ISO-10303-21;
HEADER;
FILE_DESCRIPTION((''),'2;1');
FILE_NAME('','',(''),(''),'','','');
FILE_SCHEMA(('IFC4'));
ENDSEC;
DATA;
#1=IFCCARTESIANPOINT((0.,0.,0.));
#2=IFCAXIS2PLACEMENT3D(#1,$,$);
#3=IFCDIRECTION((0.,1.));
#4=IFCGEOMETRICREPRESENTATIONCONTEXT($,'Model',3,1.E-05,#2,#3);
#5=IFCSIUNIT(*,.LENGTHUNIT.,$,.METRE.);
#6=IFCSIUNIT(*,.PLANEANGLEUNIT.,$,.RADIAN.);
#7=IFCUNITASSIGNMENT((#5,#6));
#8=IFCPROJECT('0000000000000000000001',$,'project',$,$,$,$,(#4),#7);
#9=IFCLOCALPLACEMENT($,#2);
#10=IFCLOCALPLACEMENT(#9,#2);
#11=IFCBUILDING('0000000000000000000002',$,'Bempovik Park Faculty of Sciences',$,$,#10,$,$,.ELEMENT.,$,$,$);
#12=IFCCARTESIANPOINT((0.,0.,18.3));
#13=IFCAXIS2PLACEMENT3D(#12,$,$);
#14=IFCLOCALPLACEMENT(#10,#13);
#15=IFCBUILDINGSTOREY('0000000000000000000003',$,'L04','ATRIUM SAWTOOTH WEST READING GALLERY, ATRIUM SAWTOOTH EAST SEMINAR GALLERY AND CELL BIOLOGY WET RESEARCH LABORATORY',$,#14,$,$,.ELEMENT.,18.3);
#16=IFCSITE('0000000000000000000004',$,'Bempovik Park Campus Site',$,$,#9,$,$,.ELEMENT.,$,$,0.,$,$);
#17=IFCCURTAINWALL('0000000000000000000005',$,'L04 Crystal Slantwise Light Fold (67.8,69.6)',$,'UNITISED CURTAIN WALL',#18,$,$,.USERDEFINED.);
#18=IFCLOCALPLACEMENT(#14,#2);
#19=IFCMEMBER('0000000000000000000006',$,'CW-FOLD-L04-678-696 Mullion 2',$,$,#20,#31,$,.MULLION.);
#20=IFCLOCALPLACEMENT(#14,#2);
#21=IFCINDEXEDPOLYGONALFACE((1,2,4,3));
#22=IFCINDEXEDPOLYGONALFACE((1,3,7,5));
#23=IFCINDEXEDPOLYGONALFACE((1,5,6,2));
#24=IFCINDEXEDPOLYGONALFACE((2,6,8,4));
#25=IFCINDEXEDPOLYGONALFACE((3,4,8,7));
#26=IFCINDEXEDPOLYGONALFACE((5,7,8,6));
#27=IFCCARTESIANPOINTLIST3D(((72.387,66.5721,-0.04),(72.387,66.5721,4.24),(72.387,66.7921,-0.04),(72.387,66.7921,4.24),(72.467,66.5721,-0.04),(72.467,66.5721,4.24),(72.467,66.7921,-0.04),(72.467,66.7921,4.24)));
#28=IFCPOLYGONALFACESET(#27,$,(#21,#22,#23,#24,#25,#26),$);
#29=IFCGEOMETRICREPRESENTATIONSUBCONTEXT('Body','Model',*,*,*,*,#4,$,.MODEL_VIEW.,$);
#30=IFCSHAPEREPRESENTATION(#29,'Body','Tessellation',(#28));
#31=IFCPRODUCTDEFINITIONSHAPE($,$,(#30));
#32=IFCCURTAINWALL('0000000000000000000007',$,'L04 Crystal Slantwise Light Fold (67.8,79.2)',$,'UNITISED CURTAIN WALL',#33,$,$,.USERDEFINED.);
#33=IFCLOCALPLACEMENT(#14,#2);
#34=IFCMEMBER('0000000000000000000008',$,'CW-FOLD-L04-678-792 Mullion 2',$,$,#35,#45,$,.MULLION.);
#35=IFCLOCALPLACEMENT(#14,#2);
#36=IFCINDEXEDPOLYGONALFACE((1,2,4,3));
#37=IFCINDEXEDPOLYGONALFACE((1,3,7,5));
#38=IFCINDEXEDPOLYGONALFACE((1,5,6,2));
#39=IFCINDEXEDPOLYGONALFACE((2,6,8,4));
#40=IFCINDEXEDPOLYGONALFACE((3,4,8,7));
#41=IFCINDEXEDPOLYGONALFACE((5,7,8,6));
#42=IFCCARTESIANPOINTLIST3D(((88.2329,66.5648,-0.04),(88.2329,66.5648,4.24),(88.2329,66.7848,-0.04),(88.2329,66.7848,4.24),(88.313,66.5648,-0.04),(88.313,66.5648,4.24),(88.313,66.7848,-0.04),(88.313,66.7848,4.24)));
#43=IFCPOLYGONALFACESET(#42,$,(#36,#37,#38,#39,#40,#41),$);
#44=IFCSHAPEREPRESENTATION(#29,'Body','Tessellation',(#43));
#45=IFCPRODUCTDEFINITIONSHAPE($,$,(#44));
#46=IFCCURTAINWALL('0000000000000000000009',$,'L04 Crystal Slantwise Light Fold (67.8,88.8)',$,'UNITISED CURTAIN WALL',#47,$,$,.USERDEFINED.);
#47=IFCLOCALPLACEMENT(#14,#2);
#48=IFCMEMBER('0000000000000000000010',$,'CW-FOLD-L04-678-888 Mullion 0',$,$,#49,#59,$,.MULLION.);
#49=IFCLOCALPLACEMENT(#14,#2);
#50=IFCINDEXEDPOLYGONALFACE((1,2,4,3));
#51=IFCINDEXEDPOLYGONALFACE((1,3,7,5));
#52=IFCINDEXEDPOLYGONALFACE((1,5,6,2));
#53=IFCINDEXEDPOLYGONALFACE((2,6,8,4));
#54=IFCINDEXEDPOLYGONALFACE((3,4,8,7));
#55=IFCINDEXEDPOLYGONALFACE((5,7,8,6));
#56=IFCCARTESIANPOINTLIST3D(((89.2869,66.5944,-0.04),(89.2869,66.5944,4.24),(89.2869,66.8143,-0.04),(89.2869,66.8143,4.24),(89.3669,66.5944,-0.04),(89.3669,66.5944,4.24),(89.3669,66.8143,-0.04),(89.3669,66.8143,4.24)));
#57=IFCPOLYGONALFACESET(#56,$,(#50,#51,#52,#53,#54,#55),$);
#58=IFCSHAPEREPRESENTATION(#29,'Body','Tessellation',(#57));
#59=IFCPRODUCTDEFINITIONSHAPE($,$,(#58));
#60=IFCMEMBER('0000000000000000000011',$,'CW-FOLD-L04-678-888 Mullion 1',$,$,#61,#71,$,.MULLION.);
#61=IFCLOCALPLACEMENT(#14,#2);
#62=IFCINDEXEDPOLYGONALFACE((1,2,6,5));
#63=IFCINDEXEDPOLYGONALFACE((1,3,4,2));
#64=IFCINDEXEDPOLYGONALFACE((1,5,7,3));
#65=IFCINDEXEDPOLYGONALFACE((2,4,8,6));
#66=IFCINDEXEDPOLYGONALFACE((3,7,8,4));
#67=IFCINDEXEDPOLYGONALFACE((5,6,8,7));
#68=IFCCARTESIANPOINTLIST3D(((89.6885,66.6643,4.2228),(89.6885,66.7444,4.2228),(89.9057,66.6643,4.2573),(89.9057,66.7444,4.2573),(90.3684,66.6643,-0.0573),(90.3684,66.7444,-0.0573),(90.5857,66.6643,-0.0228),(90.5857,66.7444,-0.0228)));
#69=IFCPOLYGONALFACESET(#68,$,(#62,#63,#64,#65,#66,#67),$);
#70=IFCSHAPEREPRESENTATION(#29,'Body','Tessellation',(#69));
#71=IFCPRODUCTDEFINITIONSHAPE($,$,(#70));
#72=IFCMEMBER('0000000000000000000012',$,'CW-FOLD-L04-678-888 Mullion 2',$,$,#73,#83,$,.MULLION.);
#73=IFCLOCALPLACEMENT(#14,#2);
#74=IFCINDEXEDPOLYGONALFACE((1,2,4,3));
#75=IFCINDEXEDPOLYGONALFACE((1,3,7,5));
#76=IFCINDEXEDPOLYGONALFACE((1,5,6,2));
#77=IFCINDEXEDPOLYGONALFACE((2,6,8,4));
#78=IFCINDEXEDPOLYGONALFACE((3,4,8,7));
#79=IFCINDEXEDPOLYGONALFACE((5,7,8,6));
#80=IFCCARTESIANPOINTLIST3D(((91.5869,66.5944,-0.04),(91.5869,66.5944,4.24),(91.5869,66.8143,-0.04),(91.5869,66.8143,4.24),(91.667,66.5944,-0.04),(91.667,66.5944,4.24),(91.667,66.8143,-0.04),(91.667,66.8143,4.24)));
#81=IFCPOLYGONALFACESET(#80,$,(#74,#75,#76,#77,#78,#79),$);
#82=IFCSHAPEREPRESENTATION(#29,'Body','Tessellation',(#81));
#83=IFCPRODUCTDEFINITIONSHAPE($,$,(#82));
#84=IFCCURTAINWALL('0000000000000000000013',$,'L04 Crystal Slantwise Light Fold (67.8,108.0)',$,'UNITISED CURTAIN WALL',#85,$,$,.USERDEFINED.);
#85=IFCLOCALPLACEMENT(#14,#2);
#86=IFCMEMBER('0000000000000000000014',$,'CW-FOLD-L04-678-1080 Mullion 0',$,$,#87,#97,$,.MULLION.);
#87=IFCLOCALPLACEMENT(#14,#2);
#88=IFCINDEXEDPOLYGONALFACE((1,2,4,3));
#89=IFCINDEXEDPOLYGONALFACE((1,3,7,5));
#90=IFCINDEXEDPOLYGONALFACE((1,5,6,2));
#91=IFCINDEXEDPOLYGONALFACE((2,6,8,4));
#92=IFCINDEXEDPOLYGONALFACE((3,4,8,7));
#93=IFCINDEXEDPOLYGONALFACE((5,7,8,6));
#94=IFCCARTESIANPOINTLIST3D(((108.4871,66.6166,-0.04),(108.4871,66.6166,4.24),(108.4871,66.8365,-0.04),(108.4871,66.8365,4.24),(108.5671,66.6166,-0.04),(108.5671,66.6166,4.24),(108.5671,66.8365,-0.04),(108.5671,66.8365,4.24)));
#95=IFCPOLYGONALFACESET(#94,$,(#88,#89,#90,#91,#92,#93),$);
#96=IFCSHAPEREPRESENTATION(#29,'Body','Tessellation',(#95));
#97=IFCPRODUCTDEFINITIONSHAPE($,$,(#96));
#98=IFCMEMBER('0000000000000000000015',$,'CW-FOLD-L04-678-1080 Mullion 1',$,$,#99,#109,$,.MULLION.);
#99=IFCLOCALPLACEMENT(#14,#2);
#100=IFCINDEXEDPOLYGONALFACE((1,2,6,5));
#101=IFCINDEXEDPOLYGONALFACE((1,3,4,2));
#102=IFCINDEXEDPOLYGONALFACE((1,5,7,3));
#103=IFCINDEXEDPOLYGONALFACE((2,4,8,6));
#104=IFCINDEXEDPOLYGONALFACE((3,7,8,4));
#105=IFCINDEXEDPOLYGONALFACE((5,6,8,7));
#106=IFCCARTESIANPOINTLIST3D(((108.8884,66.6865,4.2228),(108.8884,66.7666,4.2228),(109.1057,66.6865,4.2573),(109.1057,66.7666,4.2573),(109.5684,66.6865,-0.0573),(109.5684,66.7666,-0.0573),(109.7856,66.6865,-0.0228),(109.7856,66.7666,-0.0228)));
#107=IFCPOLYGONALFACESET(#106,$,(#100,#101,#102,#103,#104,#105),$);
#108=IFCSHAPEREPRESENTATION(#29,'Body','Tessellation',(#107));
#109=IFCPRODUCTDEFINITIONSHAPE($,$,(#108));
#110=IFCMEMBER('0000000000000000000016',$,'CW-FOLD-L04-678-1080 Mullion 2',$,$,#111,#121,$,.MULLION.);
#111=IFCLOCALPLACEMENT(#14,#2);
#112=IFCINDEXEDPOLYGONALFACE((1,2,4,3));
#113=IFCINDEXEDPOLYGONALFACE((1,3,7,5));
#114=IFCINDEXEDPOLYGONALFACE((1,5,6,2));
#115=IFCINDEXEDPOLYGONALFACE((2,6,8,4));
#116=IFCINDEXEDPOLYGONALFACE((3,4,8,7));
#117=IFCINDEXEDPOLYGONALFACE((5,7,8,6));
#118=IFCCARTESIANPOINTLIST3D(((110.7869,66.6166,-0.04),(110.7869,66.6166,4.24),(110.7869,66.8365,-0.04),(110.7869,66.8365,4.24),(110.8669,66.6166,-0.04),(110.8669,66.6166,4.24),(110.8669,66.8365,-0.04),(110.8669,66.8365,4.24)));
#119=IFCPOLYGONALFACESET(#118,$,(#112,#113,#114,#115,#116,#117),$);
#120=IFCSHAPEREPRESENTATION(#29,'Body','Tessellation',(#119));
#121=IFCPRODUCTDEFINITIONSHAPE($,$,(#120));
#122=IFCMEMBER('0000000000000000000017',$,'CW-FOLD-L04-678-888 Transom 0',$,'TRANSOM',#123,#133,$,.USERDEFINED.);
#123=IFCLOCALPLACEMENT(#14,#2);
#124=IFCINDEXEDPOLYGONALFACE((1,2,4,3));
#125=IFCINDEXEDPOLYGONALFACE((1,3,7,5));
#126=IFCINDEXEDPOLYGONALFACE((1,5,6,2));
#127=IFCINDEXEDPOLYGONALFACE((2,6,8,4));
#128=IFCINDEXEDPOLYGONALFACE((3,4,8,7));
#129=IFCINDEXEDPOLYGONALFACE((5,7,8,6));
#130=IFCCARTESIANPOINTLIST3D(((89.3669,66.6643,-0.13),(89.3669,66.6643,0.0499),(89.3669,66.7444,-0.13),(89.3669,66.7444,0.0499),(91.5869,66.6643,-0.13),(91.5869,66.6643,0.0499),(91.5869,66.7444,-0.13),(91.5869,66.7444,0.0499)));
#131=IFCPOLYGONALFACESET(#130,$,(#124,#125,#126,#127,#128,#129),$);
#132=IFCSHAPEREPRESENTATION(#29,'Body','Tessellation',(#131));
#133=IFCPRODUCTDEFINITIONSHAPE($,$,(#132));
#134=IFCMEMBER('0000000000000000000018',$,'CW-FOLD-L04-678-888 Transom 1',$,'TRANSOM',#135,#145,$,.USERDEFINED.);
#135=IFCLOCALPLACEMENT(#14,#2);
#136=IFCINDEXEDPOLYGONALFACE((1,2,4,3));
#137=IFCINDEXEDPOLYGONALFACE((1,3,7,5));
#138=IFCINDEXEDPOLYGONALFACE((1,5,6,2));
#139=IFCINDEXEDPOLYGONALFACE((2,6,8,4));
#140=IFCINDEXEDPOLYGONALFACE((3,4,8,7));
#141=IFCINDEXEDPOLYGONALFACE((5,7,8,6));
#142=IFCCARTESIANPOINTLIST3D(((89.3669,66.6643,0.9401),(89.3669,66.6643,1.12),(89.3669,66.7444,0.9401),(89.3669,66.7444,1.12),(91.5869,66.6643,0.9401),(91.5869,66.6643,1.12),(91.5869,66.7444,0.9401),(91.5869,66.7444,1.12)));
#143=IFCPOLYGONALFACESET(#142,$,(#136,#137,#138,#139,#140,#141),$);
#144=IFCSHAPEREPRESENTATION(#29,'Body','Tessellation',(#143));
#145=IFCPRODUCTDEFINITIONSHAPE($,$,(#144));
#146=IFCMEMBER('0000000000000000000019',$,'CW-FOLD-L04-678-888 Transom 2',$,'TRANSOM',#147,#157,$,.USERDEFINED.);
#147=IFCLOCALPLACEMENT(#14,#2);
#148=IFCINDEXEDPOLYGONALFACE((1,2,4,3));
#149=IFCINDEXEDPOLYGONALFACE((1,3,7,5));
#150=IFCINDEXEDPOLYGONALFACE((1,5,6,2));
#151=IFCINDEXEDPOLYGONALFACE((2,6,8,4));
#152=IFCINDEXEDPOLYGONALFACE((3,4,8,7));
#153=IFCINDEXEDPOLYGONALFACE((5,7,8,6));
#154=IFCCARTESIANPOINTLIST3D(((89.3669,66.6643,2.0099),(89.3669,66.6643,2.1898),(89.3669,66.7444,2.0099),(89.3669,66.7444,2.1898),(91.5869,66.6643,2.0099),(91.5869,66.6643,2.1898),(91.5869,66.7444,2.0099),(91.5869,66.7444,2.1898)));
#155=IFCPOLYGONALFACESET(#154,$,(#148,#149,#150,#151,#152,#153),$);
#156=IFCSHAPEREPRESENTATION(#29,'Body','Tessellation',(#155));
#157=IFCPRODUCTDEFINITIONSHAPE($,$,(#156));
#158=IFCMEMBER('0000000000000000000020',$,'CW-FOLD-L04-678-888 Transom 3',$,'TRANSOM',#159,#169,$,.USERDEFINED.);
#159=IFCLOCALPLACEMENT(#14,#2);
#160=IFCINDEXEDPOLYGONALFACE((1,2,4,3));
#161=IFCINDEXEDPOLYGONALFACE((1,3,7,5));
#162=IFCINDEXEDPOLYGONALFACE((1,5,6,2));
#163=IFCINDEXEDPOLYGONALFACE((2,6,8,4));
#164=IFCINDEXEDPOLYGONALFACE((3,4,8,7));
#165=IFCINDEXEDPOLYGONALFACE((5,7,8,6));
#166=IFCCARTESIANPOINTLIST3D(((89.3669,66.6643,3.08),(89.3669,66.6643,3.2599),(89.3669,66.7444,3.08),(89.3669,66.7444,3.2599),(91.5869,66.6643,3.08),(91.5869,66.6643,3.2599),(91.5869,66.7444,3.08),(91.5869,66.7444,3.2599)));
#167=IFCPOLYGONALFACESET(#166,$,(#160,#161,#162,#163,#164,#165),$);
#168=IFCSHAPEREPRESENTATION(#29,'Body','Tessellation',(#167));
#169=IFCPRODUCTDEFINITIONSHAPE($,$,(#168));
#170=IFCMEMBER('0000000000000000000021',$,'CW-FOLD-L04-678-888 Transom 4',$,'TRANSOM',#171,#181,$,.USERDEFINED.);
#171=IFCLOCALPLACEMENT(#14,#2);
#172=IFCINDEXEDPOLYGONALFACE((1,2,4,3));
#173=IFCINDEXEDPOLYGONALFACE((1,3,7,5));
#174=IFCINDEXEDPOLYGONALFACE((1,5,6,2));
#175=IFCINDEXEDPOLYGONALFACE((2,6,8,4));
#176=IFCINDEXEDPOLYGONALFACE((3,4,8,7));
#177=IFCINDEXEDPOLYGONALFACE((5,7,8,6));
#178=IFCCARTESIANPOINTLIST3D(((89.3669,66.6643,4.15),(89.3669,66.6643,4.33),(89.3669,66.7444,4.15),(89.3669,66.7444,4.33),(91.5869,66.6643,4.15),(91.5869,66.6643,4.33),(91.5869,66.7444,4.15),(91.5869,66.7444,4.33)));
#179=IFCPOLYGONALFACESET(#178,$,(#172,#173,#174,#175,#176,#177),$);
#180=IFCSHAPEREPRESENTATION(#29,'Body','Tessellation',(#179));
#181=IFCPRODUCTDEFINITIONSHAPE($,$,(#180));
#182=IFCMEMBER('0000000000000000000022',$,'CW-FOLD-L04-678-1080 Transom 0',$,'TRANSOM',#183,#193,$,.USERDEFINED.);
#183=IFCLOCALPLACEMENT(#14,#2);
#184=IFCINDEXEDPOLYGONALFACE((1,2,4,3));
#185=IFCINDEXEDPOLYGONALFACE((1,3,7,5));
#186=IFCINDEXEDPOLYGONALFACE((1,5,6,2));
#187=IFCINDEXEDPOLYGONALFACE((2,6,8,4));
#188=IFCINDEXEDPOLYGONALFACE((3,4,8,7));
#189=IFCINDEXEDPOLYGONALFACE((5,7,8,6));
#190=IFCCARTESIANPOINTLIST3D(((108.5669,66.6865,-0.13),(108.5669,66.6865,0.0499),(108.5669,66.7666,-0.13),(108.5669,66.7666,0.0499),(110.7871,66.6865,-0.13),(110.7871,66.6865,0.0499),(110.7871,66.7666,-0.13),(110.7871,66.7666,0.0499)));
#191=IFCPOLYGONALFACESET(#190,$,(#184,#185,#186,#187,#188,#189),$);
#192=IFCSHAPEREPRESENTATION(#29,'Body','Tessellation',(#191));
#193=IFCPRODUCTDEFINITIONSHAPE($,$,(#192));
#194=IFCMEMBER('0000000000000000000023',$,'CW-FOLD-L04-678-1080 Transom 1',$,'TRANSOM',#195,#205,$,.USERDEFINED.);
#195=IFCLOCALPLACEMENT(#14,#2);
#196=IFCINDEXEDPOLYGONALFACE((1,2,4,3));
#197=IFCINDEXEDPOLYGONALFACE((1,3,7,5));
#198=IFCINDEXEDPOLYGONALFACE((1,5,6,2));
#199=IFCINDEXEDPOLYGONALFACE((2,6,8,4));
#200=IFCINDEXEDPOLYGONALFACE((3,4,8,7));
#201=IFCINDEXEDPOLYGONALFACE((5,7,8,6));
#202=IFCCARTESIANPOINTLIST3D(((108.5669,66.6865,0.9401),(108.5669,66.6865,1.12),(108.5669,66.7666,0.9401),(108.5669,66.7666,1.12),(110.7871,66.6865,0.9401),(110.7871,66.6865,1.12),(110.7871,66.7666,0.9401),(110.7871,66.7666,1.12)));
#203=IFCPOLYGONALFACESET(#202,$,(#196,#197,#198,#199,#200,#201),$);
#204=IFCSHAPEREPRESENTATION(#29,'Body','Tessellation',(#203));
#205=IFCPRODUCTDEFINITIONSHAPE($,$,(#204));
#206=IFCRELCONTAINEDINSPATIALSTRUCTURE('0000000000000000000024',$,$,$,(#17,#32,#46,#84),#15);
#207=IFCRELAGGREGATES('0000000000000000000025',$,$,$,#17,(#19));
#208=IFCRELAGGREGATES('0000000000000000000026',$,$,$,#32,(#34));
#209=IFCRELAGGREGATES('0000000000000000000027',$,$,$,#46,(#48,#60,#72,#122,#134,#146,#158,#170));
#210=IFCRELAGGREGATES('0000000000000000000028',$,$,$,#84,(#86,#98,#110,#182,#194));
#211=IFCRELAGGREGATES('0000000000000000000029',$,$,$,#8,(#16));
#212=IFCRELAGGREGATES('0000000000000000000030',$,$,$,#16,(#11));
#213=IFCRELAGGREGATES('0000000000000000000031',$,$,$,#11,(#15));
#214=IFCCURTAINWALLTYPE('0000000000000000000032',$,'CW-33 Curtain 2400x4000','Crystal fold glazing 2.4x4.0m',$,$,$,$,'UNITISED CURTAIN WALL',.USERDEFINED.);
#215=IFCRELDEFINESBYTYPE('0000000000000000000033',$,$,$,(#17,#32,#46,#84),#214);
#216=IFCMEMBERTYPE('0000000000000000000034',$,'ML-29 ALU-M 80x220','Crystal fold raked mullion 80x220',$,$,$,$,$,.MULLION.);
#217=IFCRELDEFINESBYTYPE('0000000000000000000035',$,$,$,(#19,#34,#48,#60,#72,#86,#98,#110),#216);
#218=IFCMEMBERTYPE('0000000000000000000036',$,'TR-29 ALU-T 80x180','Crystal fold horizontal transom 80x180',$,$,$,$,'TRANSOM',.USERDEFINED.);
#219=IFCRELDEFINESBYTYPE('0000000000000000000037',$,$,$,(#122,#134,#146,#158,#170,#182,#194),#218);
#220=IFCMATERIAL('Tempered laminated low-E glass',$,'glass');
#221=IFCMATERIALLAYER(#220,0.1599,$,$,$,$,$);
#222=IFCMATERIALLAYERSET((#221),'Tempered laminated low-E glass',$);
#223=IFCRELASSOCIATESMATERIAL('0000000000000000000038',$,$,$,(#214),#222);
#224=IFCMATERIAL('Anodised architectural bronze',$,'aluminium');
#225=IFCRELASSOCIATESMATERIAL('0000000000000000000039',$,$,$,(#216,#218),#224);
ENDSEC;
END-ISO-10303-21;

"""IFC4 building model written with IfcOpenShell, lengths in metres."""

from ifc_helpers import new_model, si_unit, direction, frame, origin, origin_2d, place, context, subcontext, project, spatial, rectangle, extrude, material, layer, layer_set, material_profile, profile_set, type_object, element, aggregate, save


model = new_model("IFC4")

# Units and contexts
model_context = context("Model", 3, precision=1e-05, world=origin(), true_north=direction((0.0, 1.0)))
body_context = subcontext(model_context, "Body", "Model", "MODEL_VIEW")
ifc_project = project(units=[si_unit("LENGTHUNIT", "METRE"), si_unit("PLANEANGLEUNIT", "RADIAN")], contexts=[model_context])

# Site, building, storey
site_placement = place(None, origin())
site = spatial("IfcSite", under=ifc_project, at=site_placement, Name="Bempovik Park Campus Site", CompositionType="ELEMENT", RefElevation=0.0)
building_placement = place(site_placement, origin())
building = spatial("IfcBuilding", under=site, at=building_placement, Name="Bempovik Park Faculty of Sciences", CompositionType="ELEMENT")
storey_placement = place(building_placement, frame((0.0, 0.0, 18.3)))
storey = spatial("IfcBuildingStorey", under=building, at=storey_placement, Name="L04", Description="ATRIUM SAWTOOTH WEST READING GALLERY, ATRIUM SAWTOOTH EAST SEMINAR GALLERY AND CELL BIOLOGY WET RESEARCH LABORATORY", CompositionType="ELEMENT", Elevation=18.3)

# Curtain walls, members
ifc_material_1 = material(Name="Tempered laminated low-E glass", Category="glass")
ifc_layer_1 = layer(ifc_material_1, 0.1599)
ifc_layer_set_1 = layer_set([ifc_layer_1], Name="Tempered laminated low-E glass")
curtain_wall_type = type_object("IfcCurtainWallType", Name="CW-33 Curtain 2400x4000", Description="Crystal fold glazing 2.4x4.0m", ElementType="UNITISED CURTAIN WALL", PredefinedType="USERDEFINED", material=ifc_layer_set_1)
curtain_wall_1_placement = place(storey_placement, origin())
curtain_wall_1 = element("IfcCurtainWall", 1, at=curtain_wall_1_placement, inside=storey, type_object=curtain_wall_type, Name="L04 Crystal Slantwise Light Fold (67.8,69.6)", ObjectType="UNITISED CURTAIN WALL", PredefinedType="USERDEFINED")
ifc_material_2 = material(Name="Anodised architectural bronze", Category="aluminium")
ifc_material_profile_1 = material_profile(ifc_material_2, rectangle(XDim=0.0801, YDim=0.22, at=origin_2d()), Name="ALU-M 80x220")
ifc_profile_set_1 = profile_set([ifc_material_profile_1], Name="Anodised architectural bronze")
member_type_1 = type_object("IfcMemberType", Name="ML-29 ALU-M 80x220", Description="Crystal fold raked mullion 80x220", PredefinedType="MULLION", material=ifc_profile_set_1)
member_1_placement = place(storey_placement, frame((72.427, 66.6821, -0.04), z_axis=(0.0, 0.0, 1.0), x_axis=(1.0, 0.0, 0.0)))
member_1 = element("IfcMember", 2, at=member_1_placement, type_object=member_type_1, Name="CW-FOLD-L04-678-696 Mullion 2", PredefinedType="MULLION", context=body_context, shape_type="SweptSolid", body=[
    extrude(rectangle(XDim=0.0801, YDim=0.22, at=origin_2d()), origin(), (0.0, 0.0, 1.0), 4.28),
])
curtain_wall_2_placement = place(storey_placement, origin())
curtain_wall_2 = element("IfcCurtainWall", 3, at=curtain_wall_2_placement, inside=storey, type_object=curtain_wall_type, Name="L04 Crystal Slantwise Light Fold (67.8,79.2)", ObjectType="UNITISED CURTAIN WALL", PredefinedType="USERDEFINED")
member_2_placement = place(storey_placement, frame((88.2729, 66.6748, -0.04), z_axis=(0.0, 0.0, 1.0), x_axis=(1.0, 0.0, 0.0)))
member_2 = element("IfcMember", 4, at=member_2_placement, type_object=member_type_1, Name="CW-FOLD-L04-678-792 Mullion 2", PredefinedType="MULLION", context=body_context, shape_type="SweptSolid", body=[
    extrude(rectangle(XDim=0.0801, YDim=0.22, at=origin_2d()), origin(), (0.0, 0.0, 1.0), 4.28),
])

# Curtain walls, members
curtain_wall_3_placement = place(storey_placement, origin())
curtain_wall_3 = element("IfcCurtainWall", 5, at=curtain_wall_3_placement, inside=storey, type_object=curtain_wall_type, Name="L04 Crystal Slantwise Light Fold (67.8,88.8)", ObjectType="UNITISED CURTAIN WALL", PredefinedType="USERDEFINED")
member_3_placement = place(storey_placement, frame((89.3269, 66.7043, -0.04), z_axis=(0.0, 0.0, 1.0), x_axis=(1.0, 0.0, 0.0)))
member_3 = element("IfcMember", 6, at=member_3_placement, type_object=member_type_1, Name="CW-FOLD-L04-678-888 Mullion 0", PredefinedType="MULLION", context=body_context, shape_type="SweptSolid", body=[
    extrude(rectangle(XDim=0.0801, YDim=0.22, at=origin_2d()), origin(), (0.0, 0.0, 1.0), 4.28),
])
member_4_placement = place(storey_placement, frame((90.4771, 66.7043, -0.04), z_axis=(-0.156894, 0.0, 0.987615), x_axis=(0.0, -1.0, 0.0)))
member_4 = element("IfcMember", 7, at=member_4_placement, type_object=member_type_1, Name="CW-FOLD-L04-678-888 Mullion 1", PredefinedType="MULLION", context=body_context, shape_type="SweptSolid", body=[
    extrude(rectangle(XDim=0.0801, YDim=0.22, at=origin_2d()), origin(), (0.0, 0.0, 1.0), 4.3337),
])
member_5_placement = place(storey_placement, frame((91.627, 66.7043, -0.04), z_axis=(0.0, 0.0, 1.0), x_axis=(1.0, 0.0, 0.0)))
member_5 = element("IfcMember", 8, at=member_5_placement, type_object=member_type_1, Name="CW-FOLD-L04-678-888 Mullion 2", PredefinedType="MULLION", context=body_context, shape_type="SweptSolid", body=[
    extrude(rectangle(XDim=0.0801, YDim=0.22, at=origin_2d()), origin(), (0.0, 0.0, 1.0), 4.28),
])
curtain_wall_4_placement = place(storey_placement, origin())
curtain_wall_4 = element("IfcCurtainWall", 9, at=curtain_wall_4_placement, inside=storey, type_object=curtain_wall_type, Name="L04 Crystal Slantwise Light Fold (67.8,108.0)", ObjectType="UNITISED CURTAIN WALL", PredefinedType="USERDEFINED")
member_6_placement = place(storey_placement, frame((108.5271, 66.7266, -0.04), z_axis=(0.0, 0.0, 1.0), x_axis=(1.0, 0.0, 0.0)))
member_6 = element("IfcMember", 10, at=member_6_placement, type_object=member_type_1, Name="CW-FOLD-L04-678-1080 Mullion 0", PredefinedType="MULLION", context=body_context, shape_type="SweptSolid", body=[
    extrude(rectangle(XDim=0.0801, YDim=0.22, at=origin_2d()), origin(), (0.0, 0.0, 1.0), 4.28),
])
member_7_placement = place(storey_placement, frame((109.677, 66.7266, -0.04), z_axis=(-0.156894, 0.0, 0.987615), x_axis=(0.0, -1.0, 0.0)))
member_7 = element("IfcMember", 11, at=member_7_placement, type_object=member_type_1, Name="CW-FOLD-L04-678-1080 Mullion 1", PredefinedType="MULLION", context=body_context, shape_type="SweptSolid", body=[
    extrude(rectangle(XDim=0.0801, YDim=0.22, at=origin_2d()), origin(), (0.0, 0.0, 1.0), 4.3337),
])
member_8_placement = place(storey_placement, frame((110.8269, 66.7266, -0.04), z_axis=(0.0, 0.0, 1.0), x_axis=(1.0, 0.0, 0.0)))
member_8 = element("IfcMember", 12, at=member_8_placement, type_object=member_type_1, Name="CW-FOLD-L04-678-1080 Mullion 2", PredefinedType="MULLION", context=body_context, shape_type="SweptSolid", body=[
    extrude(rectangle(XDim=0.0801, YDim=0.22, at=origin_2d()), origin(), (0.0, 0.0, 1.0), 4.28),
])

# Members
ifc_material_profile_2 = material_profile(ifc_material_2, rectangle(XDim=0.0801, YDim=0.1799, at=origin_2d()), Name="ALU-T 80x180")
ifc_profile_set_2 = profile_set([ifc_material_profile_2], Name="Anodised architectural bronze")
member_type_2 = type_object("IfcMemberType", Name="TR-29 ALU-T 80x180", Description="Crystal fold horizontal transom 80x180", ElementType="TRANSOM", PredefinedType="USERDEFINED", material=ifc_profile_set_2)
member_9_placement = place(storey_placement, frame((89.3669, 66.7043, -0.04), z_axis=(1.0, 0.0, 0.0), x_axis=(0.0, 1.0, 0.0)))
member_9 = element("IfcMember", 13, at=member_9_placement, type_object=member_type_2, Name="CW-FOLD-L04-678-888 Transom 0", ObjectType="TRANSOM", PredefinedType="USERDEFINED", context=body_context, shape_type="SweptSolid", body=[
    extrude(rectangle(XDim=0.0801, YDim=0.1799, at=origin_2d()), origin(), (0.0, 0.0, 1.0), 2.22),
])
member_10_placement = place(storey_placement, frame((89.3669, 66.7043, 1.03), z_axis=(1.0, 0.0, 0.0), x_axis=(0.0, 1.0, 0.0)))
member_10 = element("IfcMember", 14, at=member_10_placement, type_object=member_type_2, Name="CW-FOLD-L04-678-888 Transom 1", ObjectType="TRANSOM", PredefinedType="USERDEFINED", context=body_context, shape_type="SweptSolid", body=[
    extrude(rectangle(XDim=0.0801, YDim=0.1799, at=origin_2d()), origin(), (0.0, 0.0, 1.0), 2.22),
])
member_11_placement = place(storey_placement, frame((89.3669, 66.7043, 2.0999), z_axis=(1.0, 0.0, 0.0), x_axis=(0.0, 1.0, 0.0)))
member_11 = element("IfcMember", 15, at=member_11_placement, type_object=member_type_2, Name="CW-FOLD-L04-678-888 Transom 2", ObjectType="TRANSOM", PredefinedType="USERDEFINED", context=body_context, shape_type="SweptSolid", body=[
    extrude(rectangle(XDim=0.0801, YDim=0.1799, at=origin_2d()), origin(), (0.0, 0.0, 1.0), 2.22),
])
member_12_placement = place(storey_placement, frame((89.3669, 66.7043, 3.1699), z_axis=(1.0, 0.0, 0.0), x_axis=(0.0, 1.0, 0.0)))
member_12 = element("IfcMember", 16, at=member_12_placement, type_object=member_type_2, Name="CW-FOLD-L04-678-888 Transom 3", ObjectType="TRANSOM", PredefinedType="USERDEFINED", context=body_context, shape_type="SweptSolid", body=[
    extrude(rectangle(XDim=0.0801, YDim=0.1799, at=origin_2d()), origin(), (0.0, 0.0, 1.0), 2.22),
])
member_13_placement = place(storey_placement, frame((89.3669, 66.7043, 4.24), z_axis=(1.0, 0.0, 0.0), x_axis=(0.0, 1.0, 0.0)))
member_13 = element("IfcMember", 17, at=member_13_placement, type_object=member_type_2, Name="CW-FOLD-L04-678-888 Transom 4", ObjectType="TRANSOM", PredefinedType="USERDEFINED", context=body_context, shape_type="SweptSolid", body=[
    extrude(rectangle(XDim=0.0801, YDim=0.1799, at=origin_2d()), origin(), (0.0, 0.0, 1.0), 2.22),
])
member_14_placement = place(storey_placement, frame((108.5669, 66.7266, -0.04), z_axis=(1.0, 0.0, 0.0), x_axis=(0.0, 1.0, 0.0)))
member_14 = element("IfcMember", 18, at=member_14_placement, type_object=member_type_2, Name="CW-FOLD-L04-678-1080 Transom 0", ObjectType="TRANSOM", PredefinedType="USERDEFINED", context=body_context, shape_type="SweptSolid", body=[
    extrude(rectangle(XDim=0.0801, YDim=0.1799, at=origin_2d()), origin(), (0.0, 0.0, 1.0), 2.2202),
])
member_15_placement = place(storey_placement, frame((108.5669, 66.7266, 1.03), z_axis=(1.0, 0.0, 0.0), x_axis=(0.0, 1.0, 0.0)))
member_15 = element("IfcMember", 19, at=member_15_placement, type_object=member_type_2, Name="CW-FOLD-L04-678-1080 Transom 1", ObjectType="TRANSOM", PredefinedType="USERDEFINED", context=body_context, shape_type="SweptSolid", body=[
    extrude(rectangle(XDim=0.0801, YDim=0.1799, at=origin_2d()), origin(), (0.0, 0.0, 1.0), 2.2202),
])

aggregate(curtain_wall_1, [member_1])
aggregate(curtain_wall_2, [member_2])
aggregate(curtain_wall_3, [member_3, member_4, member_5, member_9, member_10, member_11, member_12, member_13])
aggregate(curtain_wall_4, [member_6, member_7, member_8, member_14, member_15])

save(model, "model.ifc")
